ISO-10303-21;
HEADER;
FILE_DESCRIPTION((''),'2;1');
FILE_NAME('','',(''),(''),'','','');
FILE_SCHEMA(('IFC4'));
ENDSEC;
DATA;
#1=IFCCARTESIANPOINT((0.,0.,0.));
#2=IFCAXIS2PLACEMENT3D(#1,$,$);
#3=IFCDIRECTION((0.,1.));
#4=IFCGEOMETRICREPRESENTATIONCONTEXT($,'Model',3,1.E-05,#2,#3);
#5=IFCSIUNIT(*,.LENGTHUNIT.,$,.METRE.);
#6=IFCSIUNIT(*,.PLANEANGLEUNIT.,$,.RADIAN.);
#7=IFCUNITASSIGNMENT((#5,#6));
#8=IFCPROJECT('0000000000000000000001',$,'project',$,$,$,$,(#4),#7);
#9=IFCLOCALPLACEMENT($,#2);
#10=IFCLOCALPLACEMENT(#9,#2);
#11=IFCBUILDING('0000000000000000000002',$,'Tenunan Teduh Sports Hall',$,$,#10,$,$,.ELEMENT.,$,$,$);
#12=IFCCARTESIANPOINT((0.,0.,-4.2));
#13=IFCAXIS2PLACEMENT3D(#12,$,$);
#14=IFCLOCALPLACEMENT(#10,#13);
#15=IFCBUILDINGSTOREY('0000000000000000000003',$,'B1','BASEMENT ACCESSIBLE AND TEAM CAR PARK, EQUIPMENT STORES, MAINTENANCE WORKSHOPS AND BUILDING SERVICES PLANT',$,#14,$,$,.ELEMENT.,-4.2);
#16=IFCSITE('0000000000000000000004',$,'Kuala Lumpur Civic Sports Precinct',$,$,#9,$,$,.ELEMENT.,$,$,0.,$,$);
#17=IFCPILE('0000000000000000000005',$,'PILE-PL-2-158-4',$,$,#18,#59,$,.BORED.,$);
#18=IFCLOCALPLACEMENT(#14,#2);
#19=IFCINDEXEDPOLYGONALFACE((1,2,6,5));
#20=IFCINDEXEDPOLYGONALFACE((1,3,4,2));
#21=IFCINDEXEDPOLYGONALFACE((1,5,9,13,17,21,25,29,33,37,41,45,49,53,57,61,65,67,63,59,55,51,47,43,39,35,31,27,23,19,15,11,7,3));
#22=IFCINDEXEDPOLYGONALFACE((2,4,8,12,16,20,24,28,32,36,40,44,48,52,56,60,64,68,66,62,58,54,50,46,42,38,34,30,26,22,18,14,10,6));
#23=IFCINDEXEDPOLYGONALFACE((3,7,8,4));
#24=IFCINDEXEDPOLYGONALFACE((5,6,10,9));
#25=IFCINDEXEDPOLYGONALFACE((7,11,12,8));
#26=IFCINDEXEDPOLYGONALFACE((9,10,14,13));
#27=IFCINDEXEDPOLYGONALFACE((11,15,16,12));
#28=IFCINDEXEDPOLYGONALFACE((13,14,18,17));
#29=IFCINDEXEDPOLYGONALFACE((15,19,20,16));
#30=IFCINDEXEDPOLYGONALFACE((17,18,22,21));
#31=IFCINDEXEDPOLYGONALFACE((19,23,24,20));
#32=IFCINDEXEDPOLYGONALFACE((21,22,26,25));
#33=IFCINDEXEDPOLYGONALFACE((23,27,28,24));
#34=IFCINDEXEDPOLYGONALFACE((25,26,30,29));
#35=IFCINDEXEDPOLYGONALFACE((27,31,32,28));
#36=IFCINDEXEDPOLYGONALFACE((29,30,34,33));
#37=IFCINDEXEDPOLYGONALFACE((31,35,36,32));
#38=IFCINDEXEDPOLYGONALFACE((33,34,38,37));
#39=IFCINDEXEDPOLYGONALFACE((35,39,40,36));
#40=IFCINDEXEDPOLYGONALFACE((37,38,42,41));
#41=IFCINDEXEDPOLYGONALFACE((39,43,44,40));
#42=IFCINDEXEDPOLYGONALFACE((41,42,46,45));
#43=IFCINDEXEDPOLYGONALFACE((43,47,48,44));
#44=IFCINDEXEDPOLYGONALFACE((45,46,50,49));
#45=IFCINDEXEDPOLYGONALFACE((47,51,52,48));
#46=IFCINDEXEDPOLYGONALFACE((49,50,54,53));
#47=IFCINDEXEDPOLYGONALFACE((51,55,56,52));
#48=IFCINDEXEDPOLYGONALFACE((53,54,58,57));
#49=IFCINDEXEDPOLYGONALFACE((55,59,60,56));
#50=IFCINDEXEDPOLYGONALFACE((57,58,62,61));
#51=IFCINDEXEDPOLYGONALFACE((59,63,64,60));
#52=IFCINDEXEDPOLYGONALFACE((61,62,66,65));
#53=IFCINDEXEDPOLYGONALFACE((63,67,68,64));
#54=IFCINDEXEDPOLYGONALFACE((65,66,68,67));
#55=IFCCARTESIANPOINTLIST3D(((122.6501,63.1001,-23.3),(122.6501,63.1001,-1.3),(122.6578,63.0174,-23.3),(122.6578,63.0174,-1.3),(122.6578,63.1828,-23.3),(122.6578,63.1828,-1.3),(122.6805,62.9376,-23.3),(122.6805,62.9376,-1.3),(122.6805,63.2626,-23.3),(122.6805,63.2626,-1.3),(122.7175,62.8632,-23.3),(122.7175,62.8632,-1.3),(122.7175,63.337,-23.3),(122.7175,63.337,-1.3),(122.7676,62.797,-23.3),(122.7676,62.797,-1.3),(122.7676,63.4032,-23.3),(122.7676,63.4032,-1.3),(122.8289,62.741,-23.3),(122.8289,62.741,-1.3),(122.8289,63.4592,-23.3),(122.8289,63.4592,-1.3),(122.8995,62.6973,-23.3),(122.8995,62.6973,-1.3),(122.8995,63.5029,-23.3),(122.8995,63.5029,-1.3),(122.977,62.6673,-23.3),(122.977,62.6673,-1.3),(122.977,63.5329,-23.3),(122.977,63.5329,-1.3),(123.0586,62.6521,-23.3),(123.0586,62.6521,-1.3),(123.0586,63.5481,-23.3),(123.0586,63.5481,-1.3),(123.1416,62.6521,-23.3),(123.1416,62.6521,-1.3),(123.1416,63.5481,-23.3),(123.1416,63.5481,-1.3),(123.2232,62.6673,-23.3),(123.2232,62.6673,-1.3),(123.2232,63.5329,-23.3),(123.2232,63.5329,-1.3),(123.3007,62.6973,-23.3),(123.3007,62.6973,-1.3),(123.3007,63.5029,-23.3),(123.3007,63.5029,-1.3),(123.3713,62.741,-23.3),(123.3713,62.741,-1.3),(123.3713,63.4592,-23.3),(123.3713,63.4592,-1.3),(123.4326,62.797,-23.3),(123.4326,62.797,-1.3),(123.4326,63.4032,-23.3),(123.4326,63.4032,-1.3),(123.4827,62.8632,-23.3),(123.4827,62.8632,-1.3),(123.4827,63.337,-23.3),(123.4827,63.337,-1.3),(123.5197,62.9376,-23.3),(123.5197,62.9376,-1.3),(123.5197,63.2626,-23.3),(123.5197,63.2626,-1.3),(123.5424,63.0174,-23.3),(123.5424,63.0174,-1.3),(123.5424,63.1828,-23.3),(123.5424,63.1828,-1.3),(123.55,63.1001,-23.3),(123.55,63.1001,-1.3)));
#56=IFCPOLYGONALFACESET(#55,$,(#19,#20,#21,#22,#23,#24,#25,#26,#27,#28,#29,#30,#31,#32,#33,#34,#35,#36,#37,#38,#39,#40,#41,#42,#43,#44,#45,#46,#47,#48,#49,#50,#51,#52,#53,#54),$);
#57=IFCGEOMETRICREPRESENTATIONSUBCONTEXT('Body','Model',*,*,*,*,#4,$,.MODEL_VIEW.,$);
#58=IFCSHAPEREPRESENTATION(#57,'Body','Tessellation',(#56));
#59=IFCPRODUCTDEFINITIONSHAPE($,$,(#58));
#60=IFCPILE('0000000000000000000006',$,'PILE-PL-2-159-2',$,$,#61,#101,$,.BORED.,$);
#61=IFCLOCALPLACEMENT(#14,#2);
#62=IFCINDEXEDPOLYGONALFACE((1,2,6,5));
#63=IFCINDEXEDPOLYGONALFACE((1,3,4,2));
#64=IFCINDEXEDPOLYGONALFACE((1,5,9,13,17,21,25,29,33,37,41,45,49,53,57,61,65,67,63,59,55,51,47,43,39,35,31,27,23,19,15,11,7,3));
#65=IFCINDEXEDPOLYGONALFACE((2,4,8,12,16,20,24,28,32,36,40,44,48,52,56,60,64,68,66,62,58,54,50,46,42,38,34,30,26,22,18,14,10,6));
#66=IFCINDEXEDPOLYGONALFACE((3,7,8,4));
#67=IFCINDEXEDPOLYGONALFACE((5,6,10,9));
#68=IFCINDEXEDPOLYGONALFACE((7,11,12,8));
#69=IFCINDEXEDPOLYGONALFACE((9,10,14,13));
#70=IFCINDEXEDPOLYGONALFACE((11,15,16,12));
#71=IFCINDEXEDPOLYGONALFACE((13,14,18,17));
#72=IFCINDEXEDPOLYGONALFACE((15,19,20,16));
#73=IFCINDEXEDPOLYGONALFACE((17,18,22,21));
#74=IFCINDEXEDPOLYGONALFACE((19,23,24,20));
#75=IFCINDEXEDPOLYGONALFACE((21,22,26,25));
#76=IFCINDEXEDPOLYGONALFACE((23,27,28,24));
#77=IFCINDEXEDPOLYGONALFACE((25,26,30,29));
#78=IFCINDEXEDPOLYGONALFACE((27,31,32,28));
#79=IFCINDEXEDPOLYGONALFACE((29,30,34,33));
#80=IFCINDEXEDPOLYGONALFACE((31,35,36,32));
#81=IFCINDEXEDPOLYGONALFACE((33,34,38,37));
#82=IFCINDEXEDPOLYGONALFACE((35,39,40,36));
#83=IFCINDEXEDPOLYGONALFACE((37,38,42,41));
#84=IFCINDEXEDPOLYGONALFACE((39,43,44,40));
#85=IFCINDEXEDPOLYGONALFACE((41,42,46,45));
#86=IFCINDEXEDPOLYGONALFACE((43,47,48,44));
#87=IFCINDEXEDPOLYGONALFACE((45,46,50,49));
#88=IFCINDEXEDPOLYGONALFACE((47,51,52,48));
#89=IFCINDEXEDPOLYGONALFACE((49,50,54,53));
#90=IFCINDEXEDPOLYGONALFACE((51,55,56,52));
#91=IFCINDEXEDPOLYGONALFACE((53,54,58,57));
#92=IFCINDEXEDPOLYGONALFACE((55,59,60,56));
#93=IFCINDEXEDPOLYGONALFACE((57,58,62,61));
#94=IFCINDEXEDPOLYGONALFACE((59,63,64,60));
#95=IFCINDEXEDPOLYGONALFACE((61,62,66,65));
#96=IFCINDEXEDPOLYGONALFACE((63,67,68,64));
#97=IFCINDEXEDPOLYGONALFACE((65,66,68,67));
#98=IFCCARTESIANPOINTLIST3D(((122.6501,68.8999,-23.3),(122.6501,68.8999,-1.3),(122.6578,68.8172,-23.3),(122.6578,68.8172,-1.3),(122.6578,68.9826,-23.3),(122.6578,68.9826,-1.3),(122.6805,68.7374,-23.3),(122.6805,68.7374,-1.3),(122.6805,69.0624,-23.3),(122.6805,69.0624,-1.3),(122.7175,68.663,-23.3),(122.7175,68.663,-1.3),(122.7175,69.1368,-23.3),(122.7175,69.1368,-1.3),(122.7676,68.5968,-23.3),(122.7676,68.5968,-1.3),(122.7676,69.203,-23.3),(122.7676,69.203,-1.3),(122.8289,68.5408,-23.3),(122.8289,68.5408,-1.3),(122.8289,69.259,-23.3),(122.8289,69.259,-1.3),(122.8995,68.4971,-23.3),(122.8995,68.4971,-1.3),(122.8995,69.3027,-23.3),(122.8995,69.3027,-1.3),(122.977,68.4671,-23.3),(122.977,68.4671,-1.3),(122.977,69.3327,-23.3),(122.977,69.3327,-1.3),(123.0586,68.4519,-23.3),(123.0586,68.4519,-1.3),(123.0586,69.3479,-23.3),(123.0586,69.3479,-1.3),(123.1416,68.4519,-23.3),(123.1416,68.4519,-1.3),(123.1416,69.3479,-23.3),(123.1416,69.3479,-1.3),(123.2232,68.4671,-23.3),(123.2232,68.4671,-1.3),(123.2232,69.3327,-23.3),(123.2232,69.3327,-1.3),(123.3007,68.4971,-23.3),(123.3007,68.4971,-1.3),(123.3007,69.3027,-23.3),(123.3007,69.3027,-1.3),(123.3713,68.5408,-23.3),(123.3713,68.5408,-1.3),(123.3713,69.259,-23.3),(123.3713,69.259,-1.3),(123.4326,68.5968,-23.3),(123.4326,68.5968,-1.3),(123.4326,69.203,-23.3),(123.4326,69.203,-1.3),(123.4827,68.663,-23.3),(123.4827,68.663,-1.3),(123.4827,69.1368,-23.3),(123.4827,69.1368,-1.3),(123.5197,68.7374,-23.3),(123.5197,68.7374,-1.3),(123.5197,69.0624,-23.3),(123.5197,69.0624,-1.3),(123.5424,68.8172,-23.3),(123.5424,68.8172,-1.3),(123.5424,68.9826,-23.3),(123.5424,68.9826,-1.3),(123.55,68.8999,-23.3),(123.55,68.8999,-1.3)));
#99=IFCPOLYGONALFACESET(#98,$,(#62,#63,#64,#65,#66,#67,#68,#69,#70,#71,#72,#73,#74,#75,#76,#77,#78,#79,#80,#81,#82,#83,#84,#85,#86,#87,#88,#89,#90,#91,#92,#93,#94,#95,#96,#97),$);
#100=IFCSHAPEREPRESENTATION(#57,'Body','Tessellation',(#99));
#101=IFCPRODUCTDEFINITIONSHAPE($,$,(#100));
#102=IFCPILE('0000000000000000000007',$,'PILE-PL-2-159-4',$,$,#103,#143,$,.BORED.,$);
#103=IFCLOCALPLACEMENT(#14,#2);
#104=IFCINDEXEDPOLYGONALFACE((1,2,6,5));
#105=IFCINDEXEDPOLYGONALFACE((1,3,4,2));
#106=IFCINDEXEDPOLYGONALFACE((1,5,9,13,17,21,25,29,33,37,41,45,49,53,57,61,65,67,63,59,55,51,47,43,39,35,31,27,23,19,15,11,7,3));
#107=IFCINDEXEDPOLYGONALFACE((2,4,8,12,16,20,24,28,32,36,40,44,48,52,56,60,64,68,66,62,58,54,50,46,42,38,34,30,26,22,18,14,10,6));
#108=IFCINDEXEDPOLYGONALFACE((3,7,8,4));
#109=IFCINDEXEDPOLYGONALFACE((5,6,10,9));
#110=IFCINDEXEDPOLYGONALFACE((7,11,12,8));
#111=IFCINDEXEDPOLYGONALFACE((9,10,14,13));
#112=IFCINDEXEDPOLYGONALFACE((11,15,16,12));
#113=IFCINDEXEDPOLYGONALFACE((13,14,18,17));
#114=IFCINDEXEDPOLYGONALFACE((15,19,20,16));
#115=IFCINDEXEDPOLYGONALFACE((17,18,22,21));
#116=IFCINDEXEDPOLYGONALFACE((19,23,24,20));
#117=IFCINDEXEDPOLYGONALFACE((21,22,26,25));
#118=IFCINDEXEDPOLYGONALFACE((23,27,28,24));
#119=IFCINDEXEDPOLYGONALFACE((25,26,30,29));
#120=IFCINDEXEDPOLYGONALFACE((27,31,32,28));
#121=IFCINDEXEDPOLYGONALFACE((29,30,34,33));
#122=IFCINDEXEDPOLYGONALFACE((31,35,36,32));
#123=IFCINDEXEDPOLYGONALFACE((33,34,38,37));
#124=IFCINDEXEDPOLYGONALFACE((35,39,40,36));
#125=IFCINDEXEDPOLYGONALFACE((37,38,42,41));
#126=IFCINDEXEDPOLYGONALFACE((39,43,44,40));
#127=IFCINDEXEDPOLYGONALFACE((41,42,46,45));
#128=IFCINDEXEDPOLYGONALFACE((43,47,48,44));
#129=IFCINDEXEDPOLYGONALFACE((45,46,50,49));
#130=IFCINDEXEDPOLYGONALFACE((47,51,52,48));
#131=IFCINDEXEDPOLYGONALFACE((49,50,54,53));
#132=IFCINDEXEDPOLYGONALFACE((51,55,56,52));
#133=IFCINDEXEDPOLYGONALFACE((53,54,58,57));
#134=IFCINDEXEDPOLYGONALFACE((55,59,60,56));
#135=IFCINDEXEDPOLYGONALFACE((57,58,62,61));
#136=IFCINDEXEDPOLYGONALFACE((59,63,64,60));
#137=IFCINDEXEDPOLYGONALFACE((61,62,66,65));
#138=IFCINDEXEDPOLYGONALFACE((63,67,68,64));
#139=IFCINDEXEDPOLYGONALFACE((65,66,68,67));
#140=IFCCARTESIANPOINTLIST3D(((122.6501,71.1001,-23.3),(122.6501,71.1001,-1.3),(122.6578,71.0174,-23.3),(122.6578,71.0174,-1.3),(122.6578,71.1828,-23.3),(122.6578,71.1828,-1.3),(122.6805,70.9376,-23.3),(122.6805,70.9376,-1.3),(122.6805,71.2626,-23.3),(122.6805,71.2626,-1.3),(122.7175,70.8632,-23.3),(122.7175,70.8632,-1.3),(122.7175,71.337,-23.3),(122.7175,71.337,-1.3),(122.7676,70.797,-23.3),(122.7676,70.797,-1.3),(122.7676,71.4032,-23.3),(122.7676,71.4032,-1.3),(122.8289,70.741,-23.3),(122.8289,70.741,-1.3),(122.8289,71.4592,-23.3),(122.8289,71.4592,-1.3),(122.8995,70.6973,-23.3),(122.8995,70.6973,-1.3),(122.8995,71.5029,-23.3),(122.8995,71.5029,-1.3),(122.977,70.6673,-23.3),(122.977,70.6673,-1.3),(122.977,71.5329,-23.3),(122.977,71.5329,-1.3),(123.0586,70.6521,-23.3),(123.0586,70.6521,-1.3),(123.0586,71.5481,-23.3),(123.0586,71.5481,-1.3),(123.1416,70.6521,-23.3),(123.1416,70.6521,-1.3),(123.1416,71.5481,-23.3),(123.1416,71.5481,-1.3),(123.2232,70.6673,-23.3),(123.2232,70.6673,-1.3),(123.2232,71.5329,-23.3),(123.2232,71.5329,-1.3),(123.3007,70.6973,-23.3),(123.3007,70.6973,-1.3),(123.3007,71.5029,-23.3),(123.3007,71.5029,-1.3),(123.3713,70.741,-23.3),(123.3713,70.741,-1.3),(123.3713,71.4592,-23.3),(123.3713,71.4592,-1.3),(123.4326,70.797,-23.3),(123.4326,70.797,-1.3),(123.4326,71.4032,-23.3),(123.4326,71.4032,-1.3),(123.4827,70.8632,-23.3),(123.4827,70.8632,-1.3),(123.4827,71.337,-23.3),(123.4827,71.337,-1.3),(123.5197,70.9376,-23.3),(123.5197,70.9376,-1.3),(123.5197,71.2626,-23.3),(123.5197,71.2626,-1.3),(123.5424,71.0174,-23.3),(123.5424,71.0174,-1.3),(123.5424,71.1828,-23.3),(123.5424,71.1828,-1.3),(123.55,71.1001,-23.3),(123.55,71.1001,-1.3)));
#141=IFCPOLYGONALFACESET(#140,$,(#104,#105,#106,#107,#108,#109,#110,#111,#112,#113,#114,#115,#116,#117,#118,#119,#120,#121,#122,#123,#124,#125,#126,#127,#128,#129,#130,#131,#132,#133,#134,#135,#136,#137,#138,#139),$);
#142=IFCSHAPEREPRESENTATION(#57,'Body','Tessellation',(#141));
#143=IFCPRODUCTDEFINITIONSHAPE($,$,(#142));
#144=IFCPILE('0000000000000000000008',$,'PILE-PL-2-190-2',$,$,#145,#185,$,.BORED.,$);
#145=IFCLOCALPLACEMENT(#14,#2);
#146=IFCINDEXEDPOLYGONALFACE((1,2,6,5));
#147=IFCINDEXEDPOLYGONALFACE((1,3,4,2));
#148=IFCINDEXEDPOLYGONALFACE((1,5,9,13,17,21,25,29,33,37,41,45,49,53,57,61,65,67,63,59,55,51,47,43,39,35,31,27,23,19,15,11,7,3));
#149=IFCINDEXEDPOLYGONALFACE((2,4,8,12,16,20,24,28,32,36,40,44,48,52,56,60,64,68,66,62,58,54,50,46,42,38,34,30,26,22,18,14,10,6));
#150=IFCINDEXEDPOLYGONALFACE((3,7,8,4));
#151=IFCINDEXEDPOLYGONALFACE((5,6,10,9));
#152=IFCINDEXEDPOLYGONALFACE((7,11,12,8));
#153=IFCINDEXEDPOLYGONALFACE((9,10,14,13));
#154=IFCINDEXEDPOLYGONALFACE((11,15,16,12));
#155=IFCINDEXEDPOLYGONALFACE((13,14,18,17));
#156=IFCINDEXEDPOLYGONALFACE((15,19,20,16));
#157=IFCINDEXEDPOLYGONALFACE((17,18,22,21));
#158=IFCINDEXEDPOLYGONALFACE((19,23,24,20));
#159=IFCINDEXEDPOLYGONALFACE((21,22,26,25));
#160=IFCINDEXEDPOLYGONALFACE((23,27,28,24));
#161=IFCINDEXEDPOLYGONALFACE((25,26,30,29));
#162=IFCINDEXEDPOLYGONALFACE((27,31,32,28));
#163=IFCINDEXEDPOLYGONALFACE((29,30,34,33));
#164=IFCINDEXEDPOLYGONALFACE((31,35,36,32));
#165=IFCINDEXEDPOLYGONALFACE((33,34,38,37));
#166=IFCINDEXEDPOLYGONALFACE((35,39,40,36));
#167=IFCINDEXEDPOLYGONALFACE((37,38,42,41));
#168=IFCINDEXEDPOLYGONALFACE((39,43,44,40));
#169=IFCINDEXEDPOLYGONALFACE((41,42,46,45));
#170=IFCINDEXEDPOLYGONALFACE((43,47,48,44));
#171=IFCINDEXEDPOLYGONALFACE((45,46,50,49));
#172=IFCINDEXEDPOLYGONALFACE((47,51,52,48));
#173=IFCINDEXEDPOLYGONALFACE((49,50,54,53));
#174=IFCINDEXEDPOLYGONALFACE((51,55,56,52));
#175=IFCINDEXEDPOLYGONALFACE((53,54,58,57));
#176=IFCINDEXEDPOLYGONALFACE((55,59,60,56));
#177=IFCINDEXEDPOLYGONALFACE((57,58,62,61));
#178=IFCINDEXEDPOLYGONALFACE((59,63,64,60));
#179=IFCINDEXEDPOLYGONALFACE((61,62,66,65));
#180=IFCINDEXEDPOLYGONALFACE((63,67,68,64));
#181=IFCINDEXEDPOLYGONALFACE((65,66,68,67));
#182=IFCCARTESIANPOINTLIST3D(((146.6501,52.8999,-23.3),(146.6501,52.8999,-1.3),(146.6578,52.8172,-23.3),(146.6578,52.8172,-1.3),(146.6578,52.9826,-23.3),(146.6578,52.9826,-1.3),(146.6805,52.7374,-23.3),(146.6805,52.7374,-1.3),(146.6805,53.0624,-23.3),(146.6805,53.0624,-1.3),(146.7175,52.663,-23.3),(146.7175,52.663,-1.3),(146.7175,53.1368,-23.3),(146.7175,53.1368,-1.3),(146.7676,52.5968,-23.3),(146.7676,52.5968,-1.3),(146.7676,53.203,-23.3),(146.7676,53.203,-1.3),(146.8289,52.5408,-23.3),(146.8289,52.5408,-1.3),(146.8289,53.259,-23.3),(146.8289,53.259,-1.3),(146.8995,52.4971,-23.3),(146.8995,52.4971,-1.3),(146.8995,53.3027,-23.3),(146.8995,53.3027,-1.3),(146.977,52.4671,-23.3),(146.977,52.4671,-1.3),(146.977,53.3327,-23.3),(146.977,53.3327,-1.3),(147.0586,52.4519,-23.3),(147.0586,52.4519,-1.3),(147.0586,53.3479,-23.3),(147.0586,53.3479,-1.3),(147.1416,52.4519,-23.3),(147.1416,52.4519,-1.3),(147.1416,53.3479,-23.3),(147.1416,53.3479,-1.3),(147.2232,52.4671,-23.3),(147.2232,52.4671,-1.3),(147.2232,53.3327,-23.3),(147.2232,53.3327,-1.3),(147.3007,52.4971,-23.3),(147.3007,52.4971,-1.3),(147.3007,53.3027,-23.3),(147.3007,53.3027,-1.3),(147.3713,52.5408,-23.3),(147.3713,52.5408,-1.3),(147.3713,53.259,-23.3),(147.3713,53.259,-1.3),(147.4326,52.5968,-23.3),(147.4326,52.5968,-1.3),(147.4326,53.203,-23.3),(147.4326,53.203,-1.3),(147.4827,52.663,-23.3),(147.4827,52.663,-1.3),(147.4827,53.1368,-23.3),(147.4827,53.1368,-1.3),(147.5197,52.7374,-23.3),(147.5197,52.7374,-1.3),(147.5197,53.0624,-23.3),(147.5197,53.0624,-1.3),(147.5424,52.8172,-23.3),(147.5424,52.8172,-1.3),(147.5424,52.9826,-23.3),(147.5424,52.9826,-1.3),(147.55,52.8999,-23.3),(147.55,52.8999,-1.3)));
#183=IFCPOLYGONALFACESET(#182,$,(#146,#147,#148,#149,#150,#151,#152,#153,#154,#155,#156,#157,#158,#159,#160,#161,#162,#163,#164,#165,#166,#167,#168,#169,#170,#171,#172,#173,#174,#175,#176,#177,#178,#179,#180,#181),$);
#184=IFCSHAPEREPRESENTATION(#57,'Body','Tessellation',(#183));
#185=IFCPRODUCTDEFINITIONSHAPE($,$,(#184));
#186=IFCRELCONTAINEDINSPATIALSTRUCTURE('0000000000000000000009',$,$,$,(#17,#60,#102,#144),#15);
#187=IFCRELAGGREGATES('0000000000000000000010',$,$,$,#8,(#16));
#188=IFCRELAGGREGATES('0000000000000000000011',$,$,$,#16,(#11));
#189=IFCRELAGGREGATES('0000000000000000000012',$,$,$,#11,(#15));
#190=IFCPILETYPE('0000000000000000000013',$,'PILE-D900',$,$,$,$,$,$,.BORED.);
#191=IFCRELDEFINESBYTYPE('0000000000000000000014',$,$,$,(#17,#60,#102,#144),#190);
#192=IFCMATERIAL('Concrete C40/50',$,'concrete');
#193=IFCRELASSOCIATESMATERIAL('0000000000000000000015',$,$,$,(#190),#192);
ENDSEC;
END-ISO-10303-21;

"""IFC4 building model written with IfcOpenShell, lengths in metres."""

from ifc_helpers import new_model, si_unit, direction, frame, origin, origin_2d, place, context, subcontext, project, spatial, circle, extrude, material, material_profile, profile_set, type_object, element, save


model = new_model("IFC4")

# Units and contexts
model_context = context("Model", 3, precision=1e-05, world=origin(), true_north=direction((0.0, 1.0)))
body_context = subcontext(model_context, "Body", "Model", "MODEL_VIEW")
ifc_project = project(units=[si_unit("LENGTHUNIT", "METRE"), si_unit("PLANEANGLEUNIT", "RADIAN")], contexts=[model_context])

# Site, building, storey
site_placement = place(None, origin())
site = spatial("IfcSite", under=ifc_project, at=site_placement, Name="Kuala Lumpur Civic Sports Precinct", CompositionType="ELEMENT", RefElevation=0.0)
building_placement = place(site_placement, origin())
building = spatial("IfcBuilding", under=site, at=building_placement, Name="Tenunan Teduh Sports Hall", CompositionType="ELEMENT")
storey_placement = place(building_placement, frame((0.0, 0.0, -4.2)))
storey = spatial("IfcBuildingStorey", under=building, at=storey_placement, Name="B1", Description="BASEMENT ACCESSIBLE AND TEAM CAR PARK, EQUIPMENT STORES, MAINTENANCE WORKSHOPS AND BUILDING SERVICES PLANT", CompositionType="ELEMENT", Elevation=-4.2)

# Piles
ifc_material_1 = material(Name="Concrete C40/50", Category="concrete")
ifc_material_profile_1 = material_profile(ifc_material_1, circle(Radius=0.45, at=origin_2d()), Name="PILE D900")
ifc_profile_set_1 = profile_set([ifc_material_profile_1], Name="Concrete C40/50")
pile_type = type_object("IfcPileType", Name="PILE-D900", PredefinedType="BORED", material=ifc_profile_set_1)
for number, where, z_axis, x_axis, name in (
    (1, (123.1001, 63.1001, -1.3), (0.0, 0.0, -1.0), (1.0, 0.0, 0.0), "PILE-PL-2-158-4"),
    (2, (123.1001, 68.8999, -1.3), (0.0, 0.0, -1.0), (1.0, 0.0, 0.0), "PILE-PL-2-159-2"),
    (3, (123.1001, 71.1001, -1.3), (0.0, 0.0, -1.0), (1.0, 0.0, 0.0), "PILE-PL-2-159-4"),
    (4, (147.1001, 52.8999, -1.3), (0.0, 0.0, -1.0), (1.0, 0.0, 0.0), "PILE-PL-2-190-2"),
):
    element("IfcPile", number, at=place(storey_placement, frame(where, z_axis=z_axis, x_axis=x_axis)), inside=storey, type_object=pile_type, Name=name, PredefinedType="BORED", context=body_context, shape_type="SweptSolid", body=[
        extrude(circle(Radius=0.45, at=origin_2d()), origin(), (0.0, 0.0, 1.0), 22.0),
    ])

save(model, "model.ifc")
